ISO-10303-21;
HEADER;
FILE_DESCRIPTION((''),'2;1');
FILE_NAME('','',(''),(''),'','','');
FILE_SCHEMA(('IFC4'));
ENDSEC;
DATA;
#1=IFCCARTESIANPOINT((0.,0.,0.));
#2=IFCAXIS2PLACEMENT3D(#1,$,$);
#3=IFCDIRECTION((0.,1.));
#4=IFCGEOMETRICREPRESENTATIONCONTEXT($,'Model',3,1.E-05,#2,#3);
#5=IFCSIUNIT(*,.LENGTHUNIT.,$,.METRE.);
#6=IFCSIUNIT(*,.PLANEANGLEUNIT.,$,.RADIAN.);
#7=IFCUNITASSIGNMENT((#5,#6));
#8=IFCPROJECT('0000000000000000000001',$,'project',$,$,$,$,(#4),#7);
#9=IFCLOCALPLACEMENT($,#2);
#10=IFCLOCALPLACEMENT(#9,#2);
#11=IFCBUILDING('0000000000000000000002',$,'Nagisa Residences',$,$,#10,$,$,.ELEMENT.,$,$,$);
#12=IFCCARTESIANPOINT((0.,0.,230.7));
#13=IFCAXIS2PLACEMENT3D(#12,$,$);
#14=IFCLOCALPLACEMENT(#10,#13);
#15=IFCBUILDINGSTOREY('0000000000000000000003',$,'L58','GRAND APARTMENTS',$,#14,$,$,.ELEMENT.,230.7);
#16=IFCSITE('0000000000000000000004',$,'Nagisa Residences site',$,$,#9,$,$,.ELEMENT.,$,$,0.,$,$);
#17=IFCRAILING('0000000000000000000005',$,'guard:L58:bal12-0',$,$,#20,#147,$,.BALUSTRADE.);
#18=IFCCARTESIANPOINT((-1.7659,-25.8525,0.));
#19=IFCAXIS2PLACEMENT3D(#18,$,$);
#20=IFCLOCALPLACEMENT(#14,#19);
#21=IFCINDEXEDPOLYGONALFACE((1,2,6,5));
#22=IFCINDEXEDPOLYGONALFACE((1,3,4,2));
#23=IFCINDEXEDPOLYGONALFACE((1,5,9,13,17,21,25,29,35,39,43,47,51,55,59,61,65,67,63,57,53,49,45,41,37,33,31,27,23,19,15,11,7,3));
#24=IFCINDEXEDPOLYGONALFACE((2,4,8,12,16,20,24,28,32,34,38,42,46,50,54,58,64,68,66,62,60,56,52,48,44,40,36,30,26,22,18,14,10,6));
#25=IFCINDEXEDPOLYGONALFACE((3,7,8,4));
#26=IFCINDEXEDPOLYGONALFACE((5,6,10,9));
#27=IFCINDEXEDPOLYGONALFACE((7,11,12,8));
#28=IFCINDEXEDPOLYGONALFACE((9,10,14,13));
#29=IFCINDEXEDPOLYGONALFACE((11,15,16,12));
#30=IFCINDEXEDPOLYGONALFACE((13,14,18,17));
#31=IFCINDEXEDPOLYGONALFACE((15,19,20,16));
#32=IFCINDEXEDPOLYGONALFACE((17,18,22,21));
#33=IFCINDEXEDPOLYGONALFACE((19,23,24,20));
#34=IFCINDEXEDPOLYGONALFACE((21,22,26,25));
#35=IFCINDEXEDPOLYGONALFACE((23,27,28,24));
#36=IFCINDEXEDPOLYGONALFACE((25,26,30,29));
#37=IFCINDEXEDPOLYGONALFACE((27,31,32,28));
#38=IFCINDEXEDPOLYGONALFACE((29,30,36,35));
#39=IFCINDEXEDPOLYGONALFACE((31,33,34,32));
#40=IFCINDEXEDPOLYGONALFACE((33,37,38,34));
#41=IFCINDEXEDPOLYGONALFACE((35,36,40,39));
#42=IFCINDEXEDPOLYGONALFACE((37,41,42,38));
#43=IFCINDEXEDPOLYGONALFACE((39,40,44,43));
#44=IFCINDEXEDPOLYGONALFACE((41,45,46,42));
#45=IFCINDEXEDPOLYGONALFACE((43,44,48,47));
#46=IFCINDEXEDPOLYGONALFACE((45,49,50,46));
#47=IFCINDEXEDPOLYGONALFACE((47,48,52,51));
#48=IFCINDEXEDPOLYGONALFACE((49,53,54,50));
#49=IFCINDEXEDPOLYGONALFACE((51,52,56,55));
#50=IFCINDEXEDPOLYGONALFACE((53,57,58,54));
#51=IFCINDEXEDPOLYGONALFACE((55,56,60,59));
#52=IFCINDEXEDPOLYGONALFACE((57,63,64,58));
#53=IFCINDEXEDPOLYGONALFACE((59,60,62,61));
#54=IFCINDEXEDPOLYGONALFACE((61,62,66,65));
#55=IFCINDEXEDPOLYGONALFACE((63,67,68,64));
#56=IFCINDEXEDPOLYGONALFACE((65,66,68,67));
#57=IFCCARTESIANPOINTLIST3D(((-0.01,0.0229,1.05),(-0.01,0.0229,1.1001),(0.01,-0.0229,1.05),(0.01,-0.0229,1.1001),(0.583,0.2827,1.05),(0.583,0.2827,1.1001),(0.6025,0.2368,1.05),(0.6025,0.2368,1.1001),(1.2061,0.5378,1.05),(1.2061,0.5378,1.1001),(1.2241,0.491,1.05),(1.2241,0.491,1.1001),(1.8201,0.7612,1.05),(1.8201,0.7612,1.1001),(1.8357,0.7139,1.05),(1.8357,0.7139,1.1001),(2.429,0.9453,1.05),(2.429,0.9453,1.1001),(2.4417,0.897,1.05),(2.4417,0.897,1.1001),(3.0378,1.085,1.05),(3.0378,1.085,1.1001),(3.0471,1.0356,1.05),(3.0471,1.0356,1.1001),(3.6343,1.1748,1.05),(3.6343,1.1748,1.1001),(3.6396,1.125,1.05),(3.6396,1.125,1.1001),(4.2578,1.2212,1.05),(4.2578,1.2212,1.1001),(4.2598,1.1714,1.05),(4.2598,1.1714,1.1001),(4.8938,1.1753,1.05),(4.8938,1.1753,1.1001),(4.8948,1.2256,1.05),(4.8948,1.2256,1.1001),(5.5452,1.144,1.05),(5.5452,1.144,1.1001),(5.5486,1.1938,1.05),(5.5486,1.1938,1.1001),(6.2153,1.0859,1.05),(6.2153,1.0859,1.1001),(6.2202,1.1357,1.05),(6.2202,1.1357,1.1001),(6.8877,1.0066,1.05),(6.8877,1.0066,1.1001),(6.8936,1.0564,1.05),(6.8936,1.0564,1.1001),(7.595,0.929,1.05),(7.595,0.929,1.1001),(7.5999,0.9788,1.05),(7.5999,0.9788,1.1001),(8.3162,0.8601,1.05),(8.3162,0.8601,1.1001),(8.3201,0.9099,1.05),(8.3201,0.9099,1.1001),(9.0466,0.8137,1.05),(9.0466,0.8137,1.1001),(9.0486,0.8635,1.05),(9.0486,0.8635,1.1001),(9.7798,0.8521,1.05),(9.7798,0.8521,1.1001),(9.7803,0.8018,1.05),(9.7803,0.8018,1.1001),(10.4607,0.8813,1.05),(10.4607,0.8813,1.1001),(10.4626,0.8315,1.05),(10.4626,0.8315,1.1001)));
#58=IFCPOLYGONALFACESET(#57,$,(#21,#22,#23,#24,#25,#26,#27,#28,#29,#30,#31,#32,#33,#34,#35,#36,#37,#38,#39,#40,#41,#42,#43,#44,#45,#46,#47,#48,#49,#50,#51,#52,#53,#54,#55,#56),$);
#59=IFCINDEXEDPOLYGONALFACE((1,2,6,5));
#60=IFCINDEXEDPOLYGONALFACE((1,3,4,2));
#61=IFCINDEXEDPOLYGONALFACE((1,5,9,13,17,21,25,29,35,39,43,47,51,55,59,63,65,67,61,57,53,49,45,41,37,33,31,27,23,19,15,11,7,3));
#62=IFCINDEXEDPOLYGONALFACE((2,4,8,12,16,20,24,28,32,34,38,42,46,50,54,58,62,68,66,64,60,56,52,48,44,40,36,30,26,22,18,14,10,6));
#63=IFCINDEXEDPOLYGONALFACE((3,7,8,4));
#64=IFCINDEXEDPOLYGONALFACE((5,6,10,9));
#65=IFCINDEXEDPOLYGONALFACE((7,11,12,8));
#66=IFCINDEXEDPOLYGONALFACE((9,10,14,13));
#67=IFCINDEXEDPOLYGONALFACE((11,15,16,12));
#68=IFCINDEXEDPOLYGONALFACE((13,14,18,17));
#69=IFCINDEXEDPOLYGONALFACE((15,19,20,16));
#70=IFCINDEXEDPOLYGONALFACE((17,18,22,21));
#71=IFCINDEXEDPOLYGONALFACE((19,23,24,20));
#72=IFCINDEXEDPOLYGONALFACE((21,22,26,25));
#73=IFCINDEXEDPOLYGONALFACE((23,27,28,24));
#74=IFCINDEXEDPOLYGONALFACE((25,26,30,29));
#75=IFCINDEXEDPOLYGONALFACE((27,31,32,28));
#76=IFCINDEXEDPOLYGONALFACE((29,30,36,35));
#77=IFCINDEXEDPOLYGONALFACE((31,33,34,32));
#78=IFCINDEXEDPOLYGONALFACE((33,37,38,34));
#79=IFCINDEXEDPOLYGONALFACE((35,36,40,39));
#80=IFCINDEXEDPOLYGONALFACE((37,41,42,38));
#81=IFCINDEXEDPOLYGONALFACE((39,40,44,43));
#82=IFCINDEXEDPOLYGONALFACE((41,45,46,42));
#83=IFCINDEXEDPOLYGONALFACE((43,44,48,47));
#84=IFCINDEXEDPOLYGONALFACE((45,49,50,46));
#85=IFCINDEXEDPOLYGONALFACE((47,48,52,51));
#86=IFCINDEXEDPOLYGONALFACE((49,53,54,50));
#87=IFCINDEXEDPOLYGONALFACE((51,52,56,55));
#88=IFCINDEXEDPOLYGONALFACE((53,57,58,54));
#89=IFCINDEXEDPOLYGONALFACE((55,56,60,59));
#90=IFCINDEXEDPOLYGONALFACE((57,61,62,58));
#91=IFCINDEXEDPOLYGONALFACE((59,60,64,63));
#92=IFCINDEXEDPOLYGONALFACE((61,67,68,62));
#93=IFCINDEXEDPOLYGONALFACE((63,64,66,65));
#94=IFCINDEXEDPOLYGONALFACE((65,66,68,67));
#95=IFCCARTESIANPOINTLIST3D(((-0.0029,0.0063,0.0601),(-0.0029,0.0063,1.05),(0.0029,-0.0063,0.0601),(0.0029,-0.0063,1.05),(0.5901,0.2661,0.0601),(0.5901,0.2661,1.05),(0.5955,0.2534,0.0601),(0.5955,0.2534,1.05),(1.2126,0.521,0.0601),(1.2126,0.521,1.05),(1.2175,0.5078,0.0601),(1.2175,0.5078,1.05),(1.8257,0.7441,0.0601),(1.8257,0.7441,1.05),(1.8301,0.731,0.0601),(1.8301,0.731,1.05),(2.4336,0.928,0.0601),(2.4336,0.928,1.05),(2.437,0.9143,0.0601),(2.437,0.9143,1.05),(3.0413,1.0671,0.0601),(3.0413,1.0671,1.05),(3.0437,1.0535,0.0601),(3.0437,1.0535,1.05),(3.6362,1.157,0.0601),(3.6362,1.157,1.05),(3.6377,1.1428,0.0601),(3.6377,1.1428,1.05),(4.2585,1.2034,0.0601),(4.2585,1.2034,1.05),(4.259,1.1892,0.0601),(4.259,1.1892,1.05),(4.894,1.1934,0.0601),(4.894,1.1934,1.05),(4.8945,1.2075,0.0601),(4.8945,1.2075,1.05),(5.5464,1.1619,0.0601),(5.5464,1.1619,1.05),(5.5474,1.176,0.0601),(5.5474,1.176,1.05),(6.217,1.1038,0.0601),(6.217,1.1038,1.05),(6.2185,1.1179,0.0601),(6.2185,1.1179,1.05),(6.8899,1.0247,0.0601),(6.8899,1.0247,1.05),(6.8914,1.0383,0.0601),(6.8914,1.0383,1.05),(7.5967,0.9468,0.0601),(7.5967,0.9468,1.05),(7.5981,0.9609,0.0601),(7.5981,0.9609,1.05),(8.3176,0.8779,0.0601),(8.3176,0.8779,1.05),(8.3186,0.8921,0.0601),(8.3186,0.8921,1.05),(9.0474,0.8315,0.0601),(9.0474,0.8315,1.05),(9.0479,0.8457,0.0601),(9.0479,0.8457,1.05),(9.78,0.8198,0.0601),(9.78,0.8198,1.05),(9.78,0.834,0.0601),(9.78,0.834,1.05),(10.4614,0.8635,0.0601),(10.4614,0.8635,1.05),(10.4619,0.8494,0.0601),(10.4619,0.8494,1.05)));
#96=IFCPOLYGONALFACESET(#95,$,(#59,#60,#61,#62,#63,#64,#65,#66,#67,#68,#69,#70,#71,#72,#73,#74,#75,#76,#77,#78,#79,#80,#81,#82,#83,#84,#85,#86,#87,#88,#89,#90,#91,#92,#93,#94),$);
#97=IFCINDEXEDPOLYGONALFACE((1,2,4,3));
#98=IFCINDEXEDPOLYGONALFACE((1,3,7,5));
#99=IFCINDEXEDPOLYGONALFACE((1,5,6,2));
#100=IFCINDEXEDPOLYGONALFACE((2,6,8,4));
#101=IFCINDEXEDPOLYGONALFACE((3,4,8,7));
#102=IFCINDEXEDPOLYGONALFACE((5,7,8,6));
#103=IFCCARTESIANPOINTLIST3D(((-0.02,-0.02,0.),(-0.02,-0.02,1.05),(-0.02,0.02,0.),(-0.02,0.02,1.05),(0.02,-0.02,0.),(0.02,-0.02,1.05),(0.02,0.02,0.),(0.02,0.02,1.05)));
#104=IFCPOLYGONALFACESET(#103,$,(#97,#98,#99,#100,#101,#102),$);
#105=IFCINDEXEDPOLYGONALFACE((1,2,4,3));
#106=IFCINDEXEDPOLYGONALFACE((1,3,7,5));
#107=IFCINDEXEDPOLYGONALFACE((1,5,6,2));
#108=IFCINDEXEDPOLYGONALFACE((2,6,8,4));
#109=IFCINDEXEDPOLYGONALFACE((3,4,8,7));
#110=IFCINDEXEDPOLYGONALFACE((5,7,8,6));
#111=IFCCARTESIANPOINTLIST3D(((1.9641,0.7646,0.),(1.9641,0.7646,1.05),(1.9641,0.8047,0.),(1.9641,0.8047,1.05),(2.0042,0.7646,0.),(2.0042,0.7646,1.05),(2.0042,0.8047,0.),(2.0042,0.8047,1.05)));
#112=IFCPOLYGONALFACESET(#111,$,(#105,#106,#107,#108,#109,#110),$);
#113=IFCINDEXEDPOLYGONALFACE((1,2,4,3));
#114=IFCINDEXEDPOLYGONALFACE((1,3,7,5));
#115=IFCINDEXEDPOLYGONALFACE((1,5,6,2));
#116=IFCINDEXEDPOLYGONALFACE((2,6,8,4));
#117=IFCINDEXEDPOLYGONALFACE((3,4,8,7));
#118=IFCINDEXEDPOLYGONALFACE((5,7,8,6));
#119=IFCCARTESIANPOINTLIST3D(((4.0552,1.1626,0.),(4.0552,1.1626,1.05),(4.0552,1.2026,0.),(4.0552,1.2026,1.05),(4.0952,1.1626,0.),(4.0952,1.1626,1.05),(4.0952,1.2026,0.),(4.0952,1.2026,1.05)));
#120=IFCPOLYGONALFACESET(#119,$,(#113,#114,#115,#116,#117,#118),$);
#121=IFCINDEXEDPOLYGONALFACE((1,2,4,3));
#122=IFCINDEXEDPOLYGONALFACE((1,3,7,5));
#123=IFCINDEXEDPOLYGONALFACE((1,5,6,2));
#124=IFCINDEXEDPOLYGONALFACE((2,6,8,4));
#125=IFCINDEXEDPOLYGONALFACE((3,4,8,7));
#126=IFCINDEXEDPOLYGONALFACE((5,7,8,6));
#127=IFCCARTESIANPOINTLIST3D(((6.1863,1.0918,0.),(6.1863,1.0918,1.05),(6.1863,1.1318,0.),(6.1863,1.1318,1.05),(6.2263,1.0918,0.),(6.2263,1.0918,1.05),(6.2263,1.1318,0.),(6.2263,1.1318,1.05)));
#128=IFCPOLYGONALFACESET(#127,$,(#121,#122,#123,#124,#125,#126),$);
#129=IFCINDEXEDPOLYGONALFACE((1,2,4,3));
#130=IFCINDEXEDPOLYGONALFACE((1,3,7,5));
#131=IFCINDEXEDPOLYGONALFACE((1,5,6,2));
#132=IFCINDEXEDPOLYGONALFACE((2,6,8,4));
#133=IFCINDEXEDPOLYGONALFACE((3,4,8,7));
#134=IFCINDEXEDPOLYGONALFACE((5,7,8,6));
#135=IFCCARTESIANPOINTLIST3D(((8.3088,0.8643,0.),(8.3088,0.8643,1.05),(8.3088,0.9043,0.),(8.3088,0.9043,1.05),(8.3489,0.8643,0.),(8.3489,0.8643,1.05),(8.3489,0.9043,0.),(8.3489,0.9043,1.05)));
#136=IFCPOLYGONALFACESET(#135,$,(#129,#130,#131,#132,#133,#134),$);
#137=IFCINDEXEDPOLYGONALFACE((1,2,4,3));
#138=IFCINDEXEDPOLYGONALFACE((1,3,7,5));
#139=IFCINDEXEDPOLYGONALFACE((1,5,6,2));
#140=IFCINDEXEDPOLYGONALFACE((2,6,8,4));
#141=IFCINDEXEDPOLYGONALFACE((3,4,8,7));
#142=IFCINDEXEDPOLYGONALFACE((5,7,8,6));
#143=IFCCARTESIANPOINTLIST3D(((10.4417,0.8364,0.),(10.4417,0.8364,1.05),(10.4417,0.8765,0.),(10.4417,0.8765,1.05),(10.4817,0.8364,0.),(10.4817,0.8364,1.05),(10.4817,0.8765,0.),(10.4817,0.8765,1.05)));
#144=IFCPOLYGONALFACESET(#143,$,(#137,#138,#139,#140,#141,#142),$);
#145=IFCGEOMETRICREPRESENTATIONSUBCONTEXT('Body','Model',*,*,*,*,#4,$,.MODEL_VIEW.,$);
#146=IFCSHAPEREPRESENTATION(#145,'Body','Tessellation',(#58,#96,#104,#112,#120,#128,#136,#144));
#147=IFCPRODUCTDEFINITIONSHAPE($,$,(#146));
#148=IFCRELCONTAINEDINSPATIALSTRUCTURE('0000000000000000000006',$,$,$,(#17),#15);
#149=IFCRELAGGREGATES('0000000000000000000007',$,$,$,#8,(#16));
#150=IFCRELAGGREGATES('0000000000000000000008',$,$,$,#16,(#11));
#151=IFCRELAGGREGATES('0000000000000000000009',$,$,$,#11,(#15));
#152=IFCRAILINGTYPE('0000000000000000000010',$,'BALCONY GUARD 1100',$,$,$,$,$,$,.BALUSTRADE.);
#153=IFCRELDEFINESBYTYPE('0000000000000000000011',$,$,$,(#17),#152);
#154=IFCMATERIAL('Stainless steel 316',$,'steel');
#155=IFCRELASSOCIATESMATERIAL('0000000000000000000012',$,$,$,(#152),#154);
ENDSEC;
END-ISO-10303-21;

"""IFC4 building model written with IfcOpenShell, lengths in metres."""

from ifc_helpers import new_model, si_unit, direction, frame, origin, origin_2d, place, context, subcontext, project, spatial, polyline, rectangle, outline, extrude, material, type_object, element, save


model = new_model("IFC4")

# Units and contexts
model_context = context("Model", 3, precision=1e-05, world=origin(), true_north=direction((0.0, 1.0)))
body_context = subcontext(model_context, "Body", "Model", "MODEL_VIEW")
ifc_project = project(units=[si_unit("LENGTHUNIT", "METRE"), si_unit("PLANEANGLEUNIT", "RADIAN")], contexts=[model_context])

# Site, building, storey
site_placement = place(None, origin())
site = spatial("IfcSite", under=ifc_project, at=site_placement, Name="Nagisa Residences site", CompositionType="ELEMENT", RefElevation=0.0)
building_placement = place(site_placement, origin())
building = spatial("IfcBuilding", under=site, at=building_placement, Name="Nagisa Residences", CompositionType="ELEMENT")
storey_placement = place(building_placement, frame((0.0, 0.0, 230.7)))
storey = spatial("IfcBuildingStorey", under=building, at=storey_placement, Name="L58", Description="GRAND APARTMENTS", CompositionType="ELEMENT", Elevation=230.7)

# Railing
ifc_material_1 = material(Name="Stainless steel 316", Category="steel")
railing_type = type_object("IfcRailingType", Name="BALCONY GUARD 1100", PredefinedType="BALUSTRADE", material=ifc_material_1)
railing_placement = place(storey_placement, frame((-1.7659, -25.8525, 0.0)))
element("IfcRailing", 1, at=railing_placement, inside=storey, type_object=railing_type, Name="guard:L58:bal12-0", PredefinedType="BALUSTRADE", context=body_context, shape_type="SweptSolid", body=[
    extrude(outline(polyline([(0.583, 0.2827), (-0.01, 0.0229), (0.01, -0.0229), (0.6025, 0.2368), (1.2241, 0.491), (1.8357, 0.7139), (2.4417, 0.897), (3.0471, 1.0356), (3.6396, 1.125), (4.2598, 1.1714), (4.8938, 1.1753), (5.5452, 1.144), (6.2153, 1.0859), (6.8877, 1.0066), (7.595, 0.929), (8.3162, 0.8601), (9.0466, 0.8137), (9.7803, 0.8018), (10.4626, 0.8315), (10.4607, 0.8813), (9.7798, 0.8521), (9.0486, 0.8635), (8.3201, 0.9099), (7.5999, 0.9788), (6.8936, 1.0564), (6.2202, 1.1357), (5.5486, 1.1938), (4.8948, 1.2256), (4.2578, 1.2212), (3.6343, 1.1748), (3.0378, 1.085), (2.429, 0.9453), (1.8201, 0.7612), (1.2061, 0.5378), (0.583, 0.2827)])), frame((0.0, 0.0, 1.05)), (0.0, 0.0, 1.0), 0.05),
    extrude(outline(polyline([(0.5901, 0.2661), (-0.0029, 0.0063), (0.0029, -0.0063), (0.5955, 0.2534), (1.2175, 0.5078), (1.8301, 0.731), (2.437, 0.9143), (3.0437, 1.0535), (3.6377, 1.1428), (4.259, 1.1892), (4.894, 1.1934), (5.5464, 1.1619), (6.217, 1.1038), (6.8899, 1.0247), (7.5967, 0.9468), (8.3176, 0.8779), (9.0474, 0.8315), (9.78, 0.8198), (10.4619, 0.8494), (10.4614, 0.8635), (9.78, 0.834), (9.0479, 0.8457), (8.3186, 0.8921), (7.5981, 0.9609), (6.8914, 1.0383), (6.2185, 1.1179), (5.5474, 1.176), (4.8945, 1.2075), (4.2585, 1.2034), (3.6362, 1.157), (3.0413, 1.0671), (2.4336, 0.928), (1.8257, 0.7441), (1.2126, 0.521), (0.5901, 0.2661)])), frame((0.0, 0.0, 0.0601)), (0.0, 0.0, 1.0), 0.99),
    extrude(rectangle(XDim=0.04, YDim=0.04, at=origin_2d()), origin(), (0.0, 0.0, 1.0), 1.05),
    extrude(rectangle(XDim=0.04, YDim=0.04, at=origin_2d()), frame((1.9841, 0.7847, 0.0)), (0.0, 0.0, 1.0), 1.05),
    extrude(rectangle(XDim=0.04, YDim=0.04, at=origin_2d()), frame((4.0752, 1.1826, 0.0)), (0.0, 0.0, 1.0), 1.05),
    extrude(rectangle(XDim=0.04, YDim=0.04, at=origin_2d()), frame((6.2063, 1.1118, 0.0)), (0.0, 0.0, 1.0), 1.05),
    extrude(rectangle(XDim=0.04, YDim=0.04, at=origin_2d()), frame((8.3289, 0.8843, 0.0)), (0.0, 0.0, 1.0), 1.05),
    extrude(rectangle(XDim=0.04, YDim=0.04, at=origin_2d()), frame((10.4617, 0.8564, 0.0)), (0.0, 0.0, 1.0), 1.05),
])

save(model, "model.ifc")
